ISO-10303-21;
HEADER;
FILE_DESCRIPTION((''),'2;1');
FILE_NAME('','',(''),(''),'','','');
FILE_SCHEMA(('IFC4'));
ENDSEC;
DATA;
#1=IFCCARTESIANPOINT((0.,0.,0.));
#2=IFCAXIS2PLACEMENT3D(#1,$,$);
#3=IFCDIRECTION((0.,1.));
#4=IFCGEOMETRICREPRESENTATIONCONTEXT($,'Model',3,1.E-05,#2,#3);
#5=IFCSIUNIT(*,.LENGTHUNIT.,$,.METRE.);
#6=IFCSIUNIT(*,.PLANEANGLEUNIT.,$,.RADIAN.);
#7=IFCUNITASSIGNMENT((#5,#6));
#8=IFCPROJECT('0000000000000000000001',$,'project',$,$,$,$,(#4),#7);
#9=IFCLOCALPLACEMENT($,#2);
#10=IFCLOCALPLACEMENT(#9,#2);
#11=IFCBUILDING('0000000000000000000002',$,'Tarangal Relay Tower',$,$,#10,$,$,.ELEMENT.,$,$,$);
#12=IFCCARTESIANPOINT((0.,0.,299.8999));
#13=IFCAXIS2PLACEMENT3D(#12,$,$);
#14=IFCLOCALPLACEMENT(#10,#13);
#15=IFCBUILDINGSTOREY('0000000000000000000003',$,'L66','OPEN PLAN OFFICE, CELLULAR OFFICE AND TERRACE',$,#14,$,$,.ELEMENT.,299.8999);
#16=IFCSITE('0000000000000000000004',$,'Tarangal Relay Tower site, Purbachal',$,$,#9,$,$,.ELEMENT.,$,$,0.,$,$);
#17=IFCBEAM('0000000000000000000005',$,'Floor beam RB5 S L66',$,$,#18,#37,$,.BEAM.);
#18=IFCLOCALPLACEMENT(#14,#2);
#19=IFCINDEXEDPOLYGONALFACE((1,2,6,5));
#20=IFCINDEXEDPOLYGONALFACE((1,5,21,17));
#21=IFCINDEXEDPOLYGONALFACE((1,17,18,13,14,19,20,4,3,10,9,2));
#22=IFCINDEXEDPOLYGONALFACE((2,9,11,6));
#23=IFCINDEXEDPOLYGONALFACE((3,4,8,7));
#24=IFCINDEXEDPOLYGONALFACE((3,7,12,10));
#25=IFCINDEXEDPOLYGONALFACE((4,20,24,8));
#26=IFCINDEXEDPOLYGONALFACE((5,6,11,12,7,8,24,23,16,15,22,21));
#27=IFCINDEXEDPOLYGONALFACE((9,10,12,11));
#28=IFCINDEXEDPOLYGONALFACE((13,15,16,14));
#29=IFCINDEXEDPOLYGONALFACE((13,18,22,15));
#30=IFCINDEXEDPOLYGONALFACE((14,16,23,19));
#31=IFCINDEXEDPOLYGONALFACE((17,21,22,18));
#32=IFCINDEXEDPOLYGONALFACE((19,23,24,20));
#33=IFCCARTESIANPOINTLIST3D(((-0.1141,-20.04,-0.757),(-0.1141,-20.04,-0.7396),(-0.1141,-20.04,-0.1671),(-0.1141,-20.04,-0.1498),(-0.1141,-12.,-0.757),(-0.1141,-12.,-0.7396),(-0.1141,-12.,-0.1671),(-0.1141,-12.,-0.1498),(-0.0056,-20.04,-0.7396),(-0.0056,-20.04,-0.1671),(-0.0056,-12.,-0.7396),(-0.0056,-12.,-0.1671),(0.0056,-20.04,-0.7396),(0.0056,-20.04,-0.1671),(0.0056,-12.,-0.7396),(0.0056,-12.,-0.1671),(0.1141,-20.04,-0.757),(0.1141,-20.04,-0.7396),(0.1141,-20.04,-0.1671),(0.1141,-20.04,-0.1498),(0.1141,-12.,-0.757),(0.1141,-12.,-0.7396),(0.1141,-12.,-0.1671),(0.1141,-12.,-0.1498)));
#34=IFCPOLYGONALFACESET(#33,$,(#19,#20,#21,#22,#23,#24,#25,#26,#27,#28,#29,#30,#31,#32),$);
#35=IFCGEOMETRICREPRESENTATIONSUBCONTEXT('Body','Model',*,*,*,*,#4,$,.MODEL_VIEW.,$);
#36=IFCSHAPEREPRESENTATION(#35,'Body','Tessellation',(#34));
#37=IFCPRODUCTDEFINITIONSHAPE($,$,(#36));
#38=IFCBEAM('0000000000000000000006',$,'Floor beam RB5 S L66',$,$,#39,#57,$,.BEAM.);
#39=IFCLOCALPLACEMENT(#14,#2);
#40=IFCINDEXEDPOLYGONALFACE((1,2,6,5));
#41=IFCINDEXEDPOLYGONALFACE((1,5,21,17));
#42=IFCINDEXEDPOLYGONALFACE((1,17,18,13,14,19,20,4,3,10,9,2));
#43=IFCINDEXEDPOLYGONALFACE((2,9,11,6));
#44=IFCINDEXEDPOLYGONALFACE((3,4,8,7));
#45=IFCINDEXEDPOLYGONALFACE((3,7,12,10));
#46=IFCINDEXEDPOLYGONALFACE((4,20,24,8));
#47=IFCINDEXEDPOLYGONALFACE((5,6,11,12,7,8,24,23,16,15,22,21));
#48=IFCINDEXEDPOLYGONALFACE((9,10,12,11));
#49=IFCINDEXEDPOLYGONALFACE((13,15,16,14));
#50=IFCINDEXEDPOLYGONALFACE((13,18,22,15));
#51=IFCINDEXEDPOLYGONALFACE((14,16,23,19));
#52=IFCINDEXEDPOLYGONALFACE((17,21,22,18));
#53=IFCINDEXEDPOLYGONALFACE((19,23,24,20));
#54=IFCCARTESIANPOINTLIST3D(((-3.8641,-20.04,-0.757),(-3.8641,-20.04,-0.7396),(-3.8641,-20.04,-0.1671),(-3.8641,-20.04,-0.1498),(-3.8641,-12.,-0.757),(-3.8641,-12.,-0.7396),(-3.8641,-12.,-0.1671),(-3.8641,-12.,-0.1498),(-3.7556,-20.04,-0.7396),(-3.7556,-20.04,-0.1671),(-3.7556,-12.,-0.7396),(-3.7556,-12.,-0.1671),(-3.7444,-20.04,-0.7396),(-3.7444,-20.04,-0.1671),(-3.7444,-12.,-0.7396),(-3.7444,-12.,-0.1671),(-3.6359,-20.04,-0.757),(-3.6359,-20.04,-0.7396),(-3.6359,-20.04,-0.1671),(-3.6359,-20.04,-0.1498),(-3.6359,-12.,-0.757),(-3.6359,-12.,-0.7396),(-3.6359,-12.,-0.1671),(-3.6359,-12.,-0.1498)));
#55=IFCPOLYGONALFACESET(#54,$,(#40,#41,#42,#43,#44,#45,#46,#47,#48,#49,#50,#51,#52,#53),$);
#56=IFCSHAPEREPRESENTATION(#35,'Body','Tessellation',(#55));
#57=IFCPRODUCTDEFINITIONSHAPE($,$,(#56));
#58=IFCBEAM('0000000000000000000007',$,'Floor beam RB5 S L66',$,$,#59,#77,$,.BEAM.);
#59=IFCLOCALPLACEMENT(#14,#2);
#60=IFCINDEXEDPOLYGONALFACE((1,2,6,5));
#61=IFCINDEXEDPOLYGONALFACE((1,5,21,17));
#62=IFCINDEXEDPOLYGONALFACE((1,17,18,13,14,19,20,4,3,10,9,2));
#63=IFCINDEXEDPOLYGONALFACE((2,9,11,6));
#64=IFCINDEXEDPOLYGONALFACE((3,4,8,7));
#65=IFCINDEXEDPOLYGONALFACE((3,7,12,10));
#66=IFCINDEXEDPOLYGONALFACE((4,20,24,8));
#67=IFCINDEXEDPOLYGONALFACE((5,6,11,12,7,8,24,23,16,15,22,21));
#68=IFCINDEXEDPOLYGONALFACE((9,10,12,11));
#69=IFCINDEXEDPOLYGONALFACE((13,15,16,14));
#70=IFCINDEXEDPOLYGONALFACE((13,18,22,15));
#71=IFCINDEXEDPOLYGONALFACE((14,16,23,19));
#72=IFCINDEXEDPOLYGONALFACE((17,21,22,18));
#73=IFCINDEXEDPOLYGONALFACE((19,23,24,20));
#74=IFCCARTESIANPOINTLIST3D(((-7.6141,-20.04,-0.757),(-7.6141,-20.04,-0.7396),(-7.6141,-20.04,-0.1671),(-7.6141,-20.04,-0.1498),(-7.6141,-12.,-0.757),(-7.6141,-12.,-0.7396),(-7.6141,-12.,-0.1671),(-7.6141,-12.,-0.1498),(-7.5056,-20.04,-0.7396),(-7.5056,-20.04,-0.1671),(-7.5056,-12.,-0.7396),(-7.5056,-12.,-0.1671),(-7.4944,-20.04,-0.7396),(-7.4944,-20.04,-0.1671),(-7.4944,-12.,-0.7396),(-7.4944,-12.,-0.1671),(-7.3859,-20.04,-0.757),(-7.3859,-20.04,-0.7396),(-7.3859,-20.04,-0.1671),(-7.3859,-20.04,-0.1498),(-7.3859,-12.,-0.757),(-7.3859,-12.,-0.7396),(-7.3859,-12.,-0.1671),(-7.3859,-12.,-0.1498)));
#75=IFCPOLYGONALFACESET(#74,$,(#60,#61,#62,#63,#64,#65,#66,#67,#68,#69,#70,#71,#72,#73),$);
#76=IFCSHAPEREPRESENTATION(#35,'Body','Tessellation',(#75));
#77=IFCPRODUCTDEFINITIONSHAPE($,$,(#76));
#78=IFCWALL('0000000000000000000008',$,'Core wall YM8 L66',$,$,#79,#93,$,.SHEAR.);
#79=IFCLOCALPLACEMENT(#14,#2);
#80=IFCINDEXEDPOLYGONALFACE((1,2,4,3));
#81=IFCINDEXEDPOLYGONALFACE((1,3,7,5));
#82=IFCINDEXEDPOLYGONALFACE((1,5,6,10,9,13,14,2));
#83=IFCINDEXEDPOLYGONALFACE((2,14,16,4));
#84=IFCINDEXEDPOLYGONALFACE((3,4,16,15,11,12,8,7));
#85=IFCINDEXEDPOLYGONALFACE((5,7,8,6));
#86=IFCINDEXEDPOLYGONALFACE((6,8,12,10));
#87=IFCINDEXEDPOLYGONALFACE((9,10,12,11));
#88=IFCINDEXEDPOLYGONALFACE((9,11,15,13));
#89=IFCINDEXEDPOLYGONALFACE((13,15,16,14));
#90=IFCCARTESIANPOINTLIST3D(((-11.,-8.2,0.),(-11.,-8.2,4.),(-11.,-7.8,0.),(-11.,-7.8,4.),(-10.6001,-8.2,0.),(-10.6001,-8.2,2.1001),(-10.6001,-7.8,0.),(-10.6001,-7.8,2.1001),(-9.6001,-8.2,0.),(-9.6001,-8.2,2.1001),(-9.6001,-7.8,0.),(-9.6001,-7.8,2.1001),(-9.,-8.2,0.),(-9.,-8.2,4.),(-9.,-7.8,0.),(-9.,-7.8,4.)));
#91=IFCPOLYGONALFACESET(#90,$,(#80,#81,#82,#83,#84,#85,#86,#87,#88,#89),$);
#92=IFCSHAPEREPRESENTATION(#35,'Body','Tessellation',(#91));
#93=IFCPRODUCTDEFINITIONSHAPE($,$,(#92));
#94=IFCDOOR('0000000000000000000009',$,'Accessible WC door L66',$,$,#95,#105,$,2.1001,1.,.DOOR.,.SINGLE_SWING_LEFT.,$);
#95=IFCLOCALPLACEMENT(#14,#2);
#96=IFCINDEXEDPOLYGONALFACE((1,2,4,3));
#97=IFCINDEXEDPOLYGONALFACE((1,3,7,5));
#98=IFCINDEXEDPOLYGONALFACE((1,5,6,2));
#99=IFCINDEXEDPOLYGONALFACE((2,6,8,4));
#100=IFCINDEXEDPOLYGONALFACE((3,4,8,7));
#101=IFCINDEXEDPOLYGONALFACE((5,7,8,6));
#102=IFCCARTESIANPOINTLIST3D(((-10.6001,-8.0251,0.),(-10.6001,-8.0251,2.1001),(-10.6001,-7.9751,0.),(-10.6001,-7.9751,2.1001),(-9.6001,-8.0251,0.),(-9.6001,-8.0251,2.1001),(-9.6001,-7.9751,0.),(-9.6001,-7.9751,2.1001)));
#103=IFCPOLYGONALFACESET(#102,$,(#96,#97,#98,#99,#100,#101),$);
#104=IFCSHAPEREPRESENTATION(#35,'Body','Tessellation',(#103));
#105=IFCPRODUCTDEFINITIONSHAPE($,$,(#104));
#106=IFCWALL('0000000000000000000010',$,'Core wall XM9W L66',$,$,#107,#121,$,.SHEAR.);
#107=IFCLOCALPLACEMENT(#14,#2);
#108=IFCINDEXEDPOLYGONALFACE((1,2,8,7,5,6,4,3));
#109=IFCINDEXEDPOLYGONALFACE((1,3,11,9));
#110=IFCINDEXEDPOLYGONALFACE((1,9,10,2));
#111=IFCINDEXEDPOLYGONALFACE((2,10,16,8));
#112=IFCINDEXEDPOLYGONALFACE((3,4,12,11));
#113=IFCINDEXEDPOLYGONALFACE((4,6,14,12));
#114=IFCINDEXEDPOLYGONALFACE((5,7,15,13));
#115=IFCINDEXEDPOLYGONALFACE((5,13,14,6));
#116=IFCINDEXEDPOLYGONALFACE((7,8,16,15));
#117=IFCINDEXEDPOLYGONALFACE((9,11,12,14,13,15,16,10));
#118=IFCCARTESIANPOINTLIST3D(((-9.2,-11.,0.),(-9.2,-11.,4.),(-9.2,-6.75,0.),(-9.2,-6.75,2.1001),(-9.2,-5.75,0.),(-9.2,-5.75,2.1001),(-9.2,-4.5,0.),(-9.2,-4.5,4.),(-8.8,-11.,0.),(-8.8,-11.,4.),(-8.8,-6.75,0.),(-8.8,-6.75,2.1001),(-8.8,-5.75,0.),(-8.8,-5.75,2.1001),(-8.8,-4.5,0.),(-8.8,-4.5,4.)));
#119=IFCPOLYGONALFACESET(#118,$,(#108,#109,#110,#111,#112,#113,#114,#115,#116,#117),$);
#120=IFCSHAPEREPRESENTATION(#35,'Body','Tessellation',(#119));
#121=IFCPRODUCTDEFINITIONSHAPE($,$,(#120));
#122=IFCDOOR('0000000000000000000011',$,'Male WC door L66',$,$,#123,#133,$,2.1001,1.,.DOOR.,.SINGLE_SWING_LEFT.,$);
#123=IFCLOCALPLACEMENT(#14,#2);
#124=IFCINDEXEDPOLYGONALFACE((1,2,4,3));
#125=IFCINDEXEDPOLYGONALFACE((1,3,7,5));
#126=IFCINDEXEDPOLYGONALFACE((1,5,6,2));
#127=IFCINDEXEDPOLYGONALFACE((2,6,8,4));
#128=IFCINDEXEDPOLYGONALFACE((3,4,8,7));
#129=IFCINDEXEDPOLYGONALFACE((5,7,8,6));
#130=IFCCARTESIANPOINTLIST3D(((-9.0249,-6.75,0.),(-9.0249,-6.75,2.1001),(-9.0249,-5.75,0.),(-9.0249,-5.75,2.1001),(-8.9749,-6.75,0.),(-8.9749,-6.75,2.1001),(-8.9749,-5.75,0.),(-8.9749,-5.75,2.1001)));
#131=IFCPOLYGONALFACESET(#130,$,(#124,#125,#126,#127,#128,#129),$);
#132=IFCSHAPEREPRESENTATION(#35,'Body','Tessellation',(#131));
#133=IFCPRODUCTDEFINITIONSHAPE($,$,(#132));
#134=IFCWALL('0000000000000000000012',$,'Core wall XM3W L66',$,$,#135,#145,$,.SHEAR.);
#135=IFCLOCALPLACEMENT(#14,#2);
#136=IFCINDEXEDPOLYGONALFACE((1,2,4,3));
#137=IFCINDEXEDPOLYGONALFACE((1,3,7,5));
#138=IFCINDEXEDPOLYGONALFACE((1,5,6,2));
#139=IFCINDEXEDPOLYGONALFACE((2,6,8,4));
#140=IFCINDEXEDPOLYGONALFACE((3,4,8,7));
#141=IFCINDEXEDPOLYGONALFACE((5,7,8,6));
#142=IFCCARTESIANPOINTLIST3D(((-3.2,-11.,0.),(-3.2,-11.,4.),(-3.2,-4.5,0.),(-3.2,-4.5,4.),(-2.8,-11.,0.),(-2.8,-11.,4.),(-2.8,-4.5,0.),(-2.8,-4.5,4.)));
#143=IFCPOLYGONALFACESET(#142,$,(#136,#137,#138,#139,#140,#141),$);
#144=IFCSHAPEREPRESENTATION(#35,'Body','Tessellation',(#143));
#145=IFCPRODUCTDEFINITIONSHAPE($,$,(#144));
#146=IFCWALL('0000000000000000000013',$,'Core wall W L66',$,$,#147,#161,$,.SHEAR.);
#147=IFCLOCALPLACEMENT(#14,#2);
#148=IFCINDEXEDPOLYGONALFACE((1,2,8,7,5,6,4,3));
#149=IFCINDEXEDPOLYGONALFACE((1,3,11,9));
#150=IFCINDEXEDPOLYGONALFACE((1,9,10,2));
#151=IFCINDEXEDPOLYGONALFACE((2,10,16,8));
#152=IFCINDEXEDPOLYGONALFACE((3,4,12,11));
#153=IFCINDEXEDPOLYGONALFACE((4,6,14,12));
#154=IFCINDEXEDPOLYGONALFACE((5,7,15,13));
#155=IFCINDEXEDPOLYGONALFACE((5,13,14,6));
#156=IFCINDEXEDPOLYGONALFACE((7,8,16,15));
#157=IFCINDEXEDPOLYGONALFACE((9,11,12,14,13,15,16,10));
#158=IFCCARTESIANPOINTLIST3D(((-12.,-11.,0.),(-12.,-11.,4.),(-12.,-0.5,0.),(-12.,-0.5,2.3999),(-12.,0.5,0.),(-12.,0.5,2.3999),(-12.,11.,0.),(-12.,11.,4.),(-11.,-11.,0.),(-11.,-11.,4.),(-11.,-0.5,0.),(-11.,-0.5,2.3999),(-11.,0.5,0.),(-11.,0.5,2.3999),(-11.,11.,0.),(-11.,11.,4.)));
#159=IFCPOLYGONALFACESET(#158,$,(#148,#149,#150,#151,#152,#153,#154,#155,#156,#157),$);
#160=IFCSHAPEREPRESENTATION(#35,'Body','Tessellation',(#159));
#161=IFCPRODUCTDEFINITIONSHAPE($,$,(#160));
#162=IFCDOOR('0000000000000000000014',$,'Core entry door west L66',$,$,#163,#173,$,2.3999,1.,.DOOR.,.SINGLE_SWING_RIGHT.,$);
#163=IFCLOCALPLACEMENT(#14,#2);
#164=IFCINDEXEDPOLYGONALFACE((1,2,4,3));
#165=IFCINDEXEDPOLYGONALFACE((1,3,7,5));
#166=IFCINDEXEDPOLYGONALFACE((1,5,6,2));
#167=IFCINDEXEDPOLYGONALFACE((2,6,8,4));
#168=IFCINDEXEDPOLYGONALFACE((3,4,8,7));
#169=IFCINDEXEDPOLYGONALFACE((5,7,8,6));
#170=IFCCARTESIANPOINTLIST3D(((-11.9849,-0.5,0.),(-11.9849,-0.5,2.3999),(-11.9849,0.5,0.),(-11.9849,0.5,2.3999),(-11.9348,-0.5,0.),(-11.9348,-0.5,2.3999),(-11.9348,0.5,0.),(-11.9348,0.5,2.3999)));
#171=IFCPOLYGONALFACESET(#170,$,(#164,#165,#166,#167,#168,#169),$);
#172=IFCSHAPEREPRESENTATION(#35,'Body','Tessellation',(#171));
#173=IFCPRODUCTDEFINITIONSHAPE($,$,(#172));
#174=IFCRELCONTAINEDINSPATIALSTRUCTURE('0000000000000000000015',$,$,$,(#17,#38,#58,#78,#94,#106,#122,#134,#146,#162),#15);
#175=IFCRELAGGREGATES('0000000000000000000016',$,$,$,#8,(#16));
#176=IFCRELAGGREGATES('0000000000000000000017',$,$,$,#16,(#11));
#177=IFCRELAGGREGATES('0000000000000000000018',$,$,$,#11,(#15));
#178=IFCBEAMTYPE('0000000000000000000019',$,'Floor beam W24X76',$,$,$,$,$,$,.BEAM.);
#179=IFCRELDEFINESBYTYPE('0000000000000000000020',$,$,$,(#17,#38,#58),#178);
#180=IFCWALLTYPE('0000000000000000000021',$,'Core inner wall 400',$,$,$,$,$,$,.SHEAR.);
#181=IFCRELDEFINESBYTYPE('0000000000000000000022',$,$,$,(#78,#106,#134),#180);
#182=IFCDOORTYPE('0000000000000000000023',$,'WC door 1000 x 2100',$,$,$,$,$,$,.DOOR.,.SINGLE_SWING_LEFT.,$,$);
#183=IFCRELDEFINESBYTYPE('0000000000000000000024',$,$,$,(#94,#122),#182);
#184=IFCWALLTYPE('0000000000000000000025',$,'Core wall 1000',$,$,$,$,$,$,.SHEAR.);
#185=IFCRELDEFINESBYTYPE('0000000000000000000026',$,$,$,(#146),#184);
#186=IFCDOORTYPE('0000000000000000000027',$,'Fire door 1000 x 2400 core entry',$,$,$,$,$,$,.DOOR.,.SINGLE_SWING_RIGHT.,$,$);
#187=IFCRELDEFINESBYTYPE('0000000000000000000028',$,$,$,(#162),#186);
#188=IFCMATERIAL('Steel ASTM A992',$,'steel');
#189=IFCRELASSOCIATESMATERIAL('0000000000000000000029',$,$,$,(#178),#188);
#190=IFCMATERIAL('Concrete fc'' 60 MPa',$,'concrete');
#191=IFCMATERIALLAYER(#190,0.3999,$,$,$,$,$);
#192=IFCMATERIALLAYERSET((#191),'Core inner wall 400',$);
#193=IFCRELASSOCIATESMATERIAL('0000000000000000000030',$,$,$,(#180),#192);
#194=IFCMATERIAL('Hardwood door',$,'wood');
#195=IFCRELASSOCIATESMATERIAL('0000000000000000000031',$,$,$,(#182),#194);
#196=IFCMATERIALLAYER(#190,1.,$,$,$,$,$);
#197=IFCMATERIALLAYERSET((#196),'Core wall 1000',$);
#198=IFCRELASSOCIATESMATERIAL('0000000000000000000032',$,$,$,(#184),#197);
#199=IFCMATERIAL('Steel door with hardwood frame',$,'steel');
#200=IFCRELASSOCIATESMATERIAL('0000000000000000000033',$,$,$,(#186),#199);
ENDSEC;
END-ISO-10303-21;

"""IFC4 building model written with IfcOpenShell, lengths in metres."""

from ifc_helpers import new_model, si_unit, direction, frame, frame_2d, origin, origin_2d, place, context, subcontext, project, spatial, rectangle, i_section, extrude, material, layer, layer_set, material_profile, profile_set, type_object, element, fill, save


model = new_model("IFC4")

# Units and contexts
model_context = context("Model", 3, precision=1e-05, world=origin(), true_north=direction((0.0, 1.0)))
body_context = subcontext(model_context, "Body", "Model", "MODEL_VIEW")
ifc_project = project(units=[si_unit("LENGTHUNIT", "METRE"), si_unit("PLANEANGLEUNIT", "RADIAN")], contexts=[model_context])

# Site, building, storey
site_placement = place(None, origin())
site = spatial("IfcSite", under=ifc_project, at=site_placement, Name="Tarangal Relay Tower site, Purbachal", CompositionType="ELEMENT", RefElevation=0.0)
building_placement = place(site_placement, origin())
building = spatial("IfcBuilding", under=site, at=building_placement, Name="Tarangal Relay Tower", CompositionType="ELEMENT")
storey_placement = place(building_placement, frame((0.0, 0.0, 299.8999)))
storey = spatial("IfcBuildingStorey", under=building, at=storey_placement, Name="L66", Description="OPEN PLAN OFFICE, CELLULAR OFFICE AND TERRACE", CompositionType="ELEMENT", Elevation=299.8999)

# Beams
ifc_material_1 = material(Name="Steel ASTM A992", Category="steel")
ifc_material_profile = material_profile(ifc_material_1, i_section(OverallWidth=0.2283, OverallDepth=0.6072, WebThickness=0.0112, FlangeThickness=0.0173, at=origin_2d()), Name="W24X76")
ifc_profile_set = profile_set([ifc_material_profile], Name="Steel ASTM A992")
beam_type = type_object("IfcBeamType", Name="Floor beam W24X76", PredefinedType="BEAM", material=ifc_profile_set)
for number, where, z_axis, x_axis, name in (
    (1, (0.0, -12.0, -0.4534), (0.0, -1.0, 0.0), (1.0, 0.0, 0.0), "Floor beam RB5 S L66"),
    (2, (-3.75, -12.0, -0.4534), (0.0, -1.0, 0.0), (1.0, 0.0, 0.0), "Floor beam RB5 S L66"),
    (3, (-7.5, -12.0, -0.4534), (0.0, -1.0, 0.0), (1.0, 0.0, 0.0), "Floor beam RB5 S L66"),
):
    element("IfcBeam", number, at=place(storey_placement, frame(where, z_axis=z_axis, x_axis=x_axis)), inside=storey, type_object=beam_type, Name=name, PredefinedType="BEAM", context=body_context, shape_type="SweptSolid", body=[
        extrude(i_section(OverallWidth=0.2283, OverallDepth=0.6072, WebThickness=0.0112, FlangeThickness=0.0173, at=origin_2d()), origin(), (0.0, 0.0, 1.0), 8.04),
    ])

# Walls, openings, doors
ifc_material_2 = material(Name="Concrete fc' 60 MPa", Category="concrete")
ifc_layer_1 = layer(ifc_material_2, 0.3999)
ifc_layer_set_1 = layer_set([ifc_layer_1], Name="Core inner wall 400")
wall_type_1 = type_object("IfcWallType", Name="Core inner wall 400", PredefinedType="SHEAR", material=ifc_layer_set_1)
wall_1_placement = place(storey_placement, frame((-11.0, -8.0, 0.0), z_axis=(0.0, 0.0, 1.0), x_axis=(1.0, 0.0, 0.0)))
wall_1 = element("IfcWall", 4, at=wall_1_placement, inside=storey, type_object=wall_type_1, Name="Core wall YM8 L66", PredefinedType="SHEAR", context=body_context, shape_type="SweptSolid", body=[
    extrude(rectangle(XDim=2.0, YDim=0.3999, at=frame_2d((1.0, 0.0))), origin(), (0.0, 0.0, 1.0), 4.0),
])
opening_1_placement = place(wall_1_placement, frame((0.3999, 0.0, 0.0)))
opening_1 = element("IfcOpeningElement", 5, at=opening_1_placement, cuts=wall_1, PredefinedType="OPENING", context=body_context, shape_type="SweptSolid", body=[
    extrude(rectangle(XDim=1.0, YDim=2.1001, at=frame_2d((0.5, 1.05))), frame((0.0, 0.21, 0.0), z_axis=(0.0, -1.0, 0.0), x_axis=(1.0, 0.0, 0.0)), (0.0, 0.0, 1.0), 0.4199),
])
ifc_material_3 = material(Name="Hardwood door", Category="wood")
door_type_1 = type_object("IfcDoorType", Name="WC door 1000 x 2100", OperationType="SINGLE_SWING_LEFT", PredefinedType="DOOR", material=ifc_material_3)
door_1_placement = place(opening_1_placement, origin())
door_1 = element("IfcDoor", 6, at=door_1_placement, inside=storey, type_object=door_type_1, Name="Accessible WC door L66", OperationType="SINGLE_SWING_LEFT", OverallHeight=2.1001, OverallWidth=1.0, PredefinedType="DOOR", context=body_context, shape_type="SweptSolid", body=[
    extrude(rectangle(XDim=1.0, YDim=2.1001, at=frame_2d((0.5, 1.05))), frame((0.0, 0.0249, 0.0), z_axis=(0.0, -1.0, 0.0), x_axis=(1.0, 0.0, 0.0)), (0.0, 0.0, 1.0), 0.05),
])
fill(opening_1, door_1)
wall_2_placement = place(storey_placement, frame((-9.0, -11.0, 0.0), z_axis=(0.0, 0.0, 1.0), x_axis=(0.0, 1.0, 0.0)))
wall_2 = element("IfcWall", 7, at=wall_2_placement, inside=storey, type_object=wall_type_1, Name="Core wall XM9W L66", PredefinedType="SHEAR", context=body_context, shape_type="SweptSolid", body=[
    extrude(rectangle(XDim=6.5, YDim=0.3999, at=frame_2d((3.25, 0.0))), origin(), (0.0, 0.0, 1.0), 4.0),
])
opening_2_placement = place(wall_2_placement, frame((4.25, 0.0, 0.0)))
opening_2 = element("IfcOpeningElement", 8, at=opening_2_placement, cuts=wall_2, PredefinedType="OPENING", context=body_context, shape_type="SweptSolid", body=[
    extrude(rectangle(XDim=1.0, YDim=2.1001, at=frame_2d((0.5, 1.05))), frame((0.0, 0.21, 0.0), z_axis=(0.0, -1.0, 0.0), x_axis=(1.0, 0.0, 0.0)), (0.0, 0.0, 1.0), 0.4199),
])
door_2_placement = place(opening_2_placement, origin())
door_2 = element("IfcDoor", 9, at=door_2_placement, inside=storey, type_object=door_type_1, Name="Male WC door L66", OperationType="SINGLE_SWING_LEFT", OverallHeight=2.1001, OverallWidth=1.0, PredefinedType="DOOR", context=body_context, shape_type="SweptSolid", body=[
    extrude(rectangle(XDim=1.0, YDim=2.1001, at=frame_2d((0.5, 1.05))), frame((0.0, 0.0249, 0.0), z_axis=(0.0, -1.0, 0.0), x_axis=(1.0, 0.0, 0.0)), (0.0, 0.0, 1.0), 0.05),
])
fill(opening_2, door_2)

# Wall
wall_3_placement = place(storey_placement, frame((-3.0, -11.0, 0.0), z_axis=(0.0, 0.0, 1.0), x_axis=(0.0, 1.0, 0.0)))
element("IfcWall", 10, at=wall_3_placement, inside=storey, type_object=wall_type_1, Name="Core wall XM3W L66", PredefinedType="SHEAR", context=body_context, shape_type="SweptSolid", body=[
    extrude(rectangle(XDim=6.5, YDim=0.3999, at=frame_2d((3.25, 0.0))), origin(), (0.0, 0.0, 1.0), 4.0),
])

# Wall, opening, door
ifc_layer_2 = layer(ifc_material_2, 1.0)
ifc_layer_set_2 = layer_set([ifc_layer_2], Name="Core wall 1000")
wall_type_2 = type_object("IfcWallType", Name="Core wall 1000", PredefinedType="SHEAR", material=ifc_layer_set_2)
wall_4_placement = place(storey_placement, frame((-11.5, -11.0, 0.0), z_axis=(0.0, 0.0, 1.0), x_axis=(0.0, 1.0, 0.0)))
wall_4 = element("IfcWall", 11, at=wall_4_placement, inside=storey, type_object=wall_type_2, Name="Core wall W L66", PredefinedType="SHEAR", context=body_context, shape_type="SweptSolid", body=[
    extrude(rectangle(XDim=22.0, YDim=1.0, at=frame_2d((11.0, 0.0))), origin(), (0.0, 0.0, 1.0), 4.0),
])
opening_3_placement = place(wall_4_placement, frame((10.5, 0.0, 0.0)))
opening_3 = element("IfcOpeningElement", 12, at=opening_3_placement, cuts=wall_4, PredefinedType="OPENING", context=body_context, shape_type="SweptSolid", body=[
    extrude(rectangle(XDim=1.0, YDim=2.3999, at=frame_2d((0.5, 1.2))), frame((0.0, 0.51, 0.0), z_axis=(0.0, -1.0, 0.0), x_axis=(1.0, 0.0, 0.0)), (0.0, 0.0, 1.0), 1.02),
])
ifc_material_4 = material(Name="Steel door with hardwood frame", Category="steel")
door_type_2 = type_object("IfcDoorType", Name="Fire door 1000 x 2400 core entry", OperationType="SINGLE_SWING_RIGHT", PredefinedType="DOOR", material=ifc_material_4)
door_3_placement = place(opening_3_placement, origin())
door_3 = element("IfcDoor", 13, at=door_3_placement, inside=storey, type_object=door_type_2, Name="Core entry door west L66", OperationType="SINGLE_SWING_RIGHT", OverallHeight=2.3999, OverallWidth=1.0, PredefinedType="DOOR", context=body_context, shape_type="SweptSolid", body=[
    extrude(rectangle(XDim=1.0, YDim=2.3999, at=frame_2d((0.5, 1.2))), frame((0.0, 0.4849, 0.0), z_axis=(0.0, -1.0, 0.0), x_axis=(1.0, 0.0, 0.0)), (0.0, 0.0, 1.0), 0.05),
])
fill(opening_3, door_3)

save(model, "model.ifc")
